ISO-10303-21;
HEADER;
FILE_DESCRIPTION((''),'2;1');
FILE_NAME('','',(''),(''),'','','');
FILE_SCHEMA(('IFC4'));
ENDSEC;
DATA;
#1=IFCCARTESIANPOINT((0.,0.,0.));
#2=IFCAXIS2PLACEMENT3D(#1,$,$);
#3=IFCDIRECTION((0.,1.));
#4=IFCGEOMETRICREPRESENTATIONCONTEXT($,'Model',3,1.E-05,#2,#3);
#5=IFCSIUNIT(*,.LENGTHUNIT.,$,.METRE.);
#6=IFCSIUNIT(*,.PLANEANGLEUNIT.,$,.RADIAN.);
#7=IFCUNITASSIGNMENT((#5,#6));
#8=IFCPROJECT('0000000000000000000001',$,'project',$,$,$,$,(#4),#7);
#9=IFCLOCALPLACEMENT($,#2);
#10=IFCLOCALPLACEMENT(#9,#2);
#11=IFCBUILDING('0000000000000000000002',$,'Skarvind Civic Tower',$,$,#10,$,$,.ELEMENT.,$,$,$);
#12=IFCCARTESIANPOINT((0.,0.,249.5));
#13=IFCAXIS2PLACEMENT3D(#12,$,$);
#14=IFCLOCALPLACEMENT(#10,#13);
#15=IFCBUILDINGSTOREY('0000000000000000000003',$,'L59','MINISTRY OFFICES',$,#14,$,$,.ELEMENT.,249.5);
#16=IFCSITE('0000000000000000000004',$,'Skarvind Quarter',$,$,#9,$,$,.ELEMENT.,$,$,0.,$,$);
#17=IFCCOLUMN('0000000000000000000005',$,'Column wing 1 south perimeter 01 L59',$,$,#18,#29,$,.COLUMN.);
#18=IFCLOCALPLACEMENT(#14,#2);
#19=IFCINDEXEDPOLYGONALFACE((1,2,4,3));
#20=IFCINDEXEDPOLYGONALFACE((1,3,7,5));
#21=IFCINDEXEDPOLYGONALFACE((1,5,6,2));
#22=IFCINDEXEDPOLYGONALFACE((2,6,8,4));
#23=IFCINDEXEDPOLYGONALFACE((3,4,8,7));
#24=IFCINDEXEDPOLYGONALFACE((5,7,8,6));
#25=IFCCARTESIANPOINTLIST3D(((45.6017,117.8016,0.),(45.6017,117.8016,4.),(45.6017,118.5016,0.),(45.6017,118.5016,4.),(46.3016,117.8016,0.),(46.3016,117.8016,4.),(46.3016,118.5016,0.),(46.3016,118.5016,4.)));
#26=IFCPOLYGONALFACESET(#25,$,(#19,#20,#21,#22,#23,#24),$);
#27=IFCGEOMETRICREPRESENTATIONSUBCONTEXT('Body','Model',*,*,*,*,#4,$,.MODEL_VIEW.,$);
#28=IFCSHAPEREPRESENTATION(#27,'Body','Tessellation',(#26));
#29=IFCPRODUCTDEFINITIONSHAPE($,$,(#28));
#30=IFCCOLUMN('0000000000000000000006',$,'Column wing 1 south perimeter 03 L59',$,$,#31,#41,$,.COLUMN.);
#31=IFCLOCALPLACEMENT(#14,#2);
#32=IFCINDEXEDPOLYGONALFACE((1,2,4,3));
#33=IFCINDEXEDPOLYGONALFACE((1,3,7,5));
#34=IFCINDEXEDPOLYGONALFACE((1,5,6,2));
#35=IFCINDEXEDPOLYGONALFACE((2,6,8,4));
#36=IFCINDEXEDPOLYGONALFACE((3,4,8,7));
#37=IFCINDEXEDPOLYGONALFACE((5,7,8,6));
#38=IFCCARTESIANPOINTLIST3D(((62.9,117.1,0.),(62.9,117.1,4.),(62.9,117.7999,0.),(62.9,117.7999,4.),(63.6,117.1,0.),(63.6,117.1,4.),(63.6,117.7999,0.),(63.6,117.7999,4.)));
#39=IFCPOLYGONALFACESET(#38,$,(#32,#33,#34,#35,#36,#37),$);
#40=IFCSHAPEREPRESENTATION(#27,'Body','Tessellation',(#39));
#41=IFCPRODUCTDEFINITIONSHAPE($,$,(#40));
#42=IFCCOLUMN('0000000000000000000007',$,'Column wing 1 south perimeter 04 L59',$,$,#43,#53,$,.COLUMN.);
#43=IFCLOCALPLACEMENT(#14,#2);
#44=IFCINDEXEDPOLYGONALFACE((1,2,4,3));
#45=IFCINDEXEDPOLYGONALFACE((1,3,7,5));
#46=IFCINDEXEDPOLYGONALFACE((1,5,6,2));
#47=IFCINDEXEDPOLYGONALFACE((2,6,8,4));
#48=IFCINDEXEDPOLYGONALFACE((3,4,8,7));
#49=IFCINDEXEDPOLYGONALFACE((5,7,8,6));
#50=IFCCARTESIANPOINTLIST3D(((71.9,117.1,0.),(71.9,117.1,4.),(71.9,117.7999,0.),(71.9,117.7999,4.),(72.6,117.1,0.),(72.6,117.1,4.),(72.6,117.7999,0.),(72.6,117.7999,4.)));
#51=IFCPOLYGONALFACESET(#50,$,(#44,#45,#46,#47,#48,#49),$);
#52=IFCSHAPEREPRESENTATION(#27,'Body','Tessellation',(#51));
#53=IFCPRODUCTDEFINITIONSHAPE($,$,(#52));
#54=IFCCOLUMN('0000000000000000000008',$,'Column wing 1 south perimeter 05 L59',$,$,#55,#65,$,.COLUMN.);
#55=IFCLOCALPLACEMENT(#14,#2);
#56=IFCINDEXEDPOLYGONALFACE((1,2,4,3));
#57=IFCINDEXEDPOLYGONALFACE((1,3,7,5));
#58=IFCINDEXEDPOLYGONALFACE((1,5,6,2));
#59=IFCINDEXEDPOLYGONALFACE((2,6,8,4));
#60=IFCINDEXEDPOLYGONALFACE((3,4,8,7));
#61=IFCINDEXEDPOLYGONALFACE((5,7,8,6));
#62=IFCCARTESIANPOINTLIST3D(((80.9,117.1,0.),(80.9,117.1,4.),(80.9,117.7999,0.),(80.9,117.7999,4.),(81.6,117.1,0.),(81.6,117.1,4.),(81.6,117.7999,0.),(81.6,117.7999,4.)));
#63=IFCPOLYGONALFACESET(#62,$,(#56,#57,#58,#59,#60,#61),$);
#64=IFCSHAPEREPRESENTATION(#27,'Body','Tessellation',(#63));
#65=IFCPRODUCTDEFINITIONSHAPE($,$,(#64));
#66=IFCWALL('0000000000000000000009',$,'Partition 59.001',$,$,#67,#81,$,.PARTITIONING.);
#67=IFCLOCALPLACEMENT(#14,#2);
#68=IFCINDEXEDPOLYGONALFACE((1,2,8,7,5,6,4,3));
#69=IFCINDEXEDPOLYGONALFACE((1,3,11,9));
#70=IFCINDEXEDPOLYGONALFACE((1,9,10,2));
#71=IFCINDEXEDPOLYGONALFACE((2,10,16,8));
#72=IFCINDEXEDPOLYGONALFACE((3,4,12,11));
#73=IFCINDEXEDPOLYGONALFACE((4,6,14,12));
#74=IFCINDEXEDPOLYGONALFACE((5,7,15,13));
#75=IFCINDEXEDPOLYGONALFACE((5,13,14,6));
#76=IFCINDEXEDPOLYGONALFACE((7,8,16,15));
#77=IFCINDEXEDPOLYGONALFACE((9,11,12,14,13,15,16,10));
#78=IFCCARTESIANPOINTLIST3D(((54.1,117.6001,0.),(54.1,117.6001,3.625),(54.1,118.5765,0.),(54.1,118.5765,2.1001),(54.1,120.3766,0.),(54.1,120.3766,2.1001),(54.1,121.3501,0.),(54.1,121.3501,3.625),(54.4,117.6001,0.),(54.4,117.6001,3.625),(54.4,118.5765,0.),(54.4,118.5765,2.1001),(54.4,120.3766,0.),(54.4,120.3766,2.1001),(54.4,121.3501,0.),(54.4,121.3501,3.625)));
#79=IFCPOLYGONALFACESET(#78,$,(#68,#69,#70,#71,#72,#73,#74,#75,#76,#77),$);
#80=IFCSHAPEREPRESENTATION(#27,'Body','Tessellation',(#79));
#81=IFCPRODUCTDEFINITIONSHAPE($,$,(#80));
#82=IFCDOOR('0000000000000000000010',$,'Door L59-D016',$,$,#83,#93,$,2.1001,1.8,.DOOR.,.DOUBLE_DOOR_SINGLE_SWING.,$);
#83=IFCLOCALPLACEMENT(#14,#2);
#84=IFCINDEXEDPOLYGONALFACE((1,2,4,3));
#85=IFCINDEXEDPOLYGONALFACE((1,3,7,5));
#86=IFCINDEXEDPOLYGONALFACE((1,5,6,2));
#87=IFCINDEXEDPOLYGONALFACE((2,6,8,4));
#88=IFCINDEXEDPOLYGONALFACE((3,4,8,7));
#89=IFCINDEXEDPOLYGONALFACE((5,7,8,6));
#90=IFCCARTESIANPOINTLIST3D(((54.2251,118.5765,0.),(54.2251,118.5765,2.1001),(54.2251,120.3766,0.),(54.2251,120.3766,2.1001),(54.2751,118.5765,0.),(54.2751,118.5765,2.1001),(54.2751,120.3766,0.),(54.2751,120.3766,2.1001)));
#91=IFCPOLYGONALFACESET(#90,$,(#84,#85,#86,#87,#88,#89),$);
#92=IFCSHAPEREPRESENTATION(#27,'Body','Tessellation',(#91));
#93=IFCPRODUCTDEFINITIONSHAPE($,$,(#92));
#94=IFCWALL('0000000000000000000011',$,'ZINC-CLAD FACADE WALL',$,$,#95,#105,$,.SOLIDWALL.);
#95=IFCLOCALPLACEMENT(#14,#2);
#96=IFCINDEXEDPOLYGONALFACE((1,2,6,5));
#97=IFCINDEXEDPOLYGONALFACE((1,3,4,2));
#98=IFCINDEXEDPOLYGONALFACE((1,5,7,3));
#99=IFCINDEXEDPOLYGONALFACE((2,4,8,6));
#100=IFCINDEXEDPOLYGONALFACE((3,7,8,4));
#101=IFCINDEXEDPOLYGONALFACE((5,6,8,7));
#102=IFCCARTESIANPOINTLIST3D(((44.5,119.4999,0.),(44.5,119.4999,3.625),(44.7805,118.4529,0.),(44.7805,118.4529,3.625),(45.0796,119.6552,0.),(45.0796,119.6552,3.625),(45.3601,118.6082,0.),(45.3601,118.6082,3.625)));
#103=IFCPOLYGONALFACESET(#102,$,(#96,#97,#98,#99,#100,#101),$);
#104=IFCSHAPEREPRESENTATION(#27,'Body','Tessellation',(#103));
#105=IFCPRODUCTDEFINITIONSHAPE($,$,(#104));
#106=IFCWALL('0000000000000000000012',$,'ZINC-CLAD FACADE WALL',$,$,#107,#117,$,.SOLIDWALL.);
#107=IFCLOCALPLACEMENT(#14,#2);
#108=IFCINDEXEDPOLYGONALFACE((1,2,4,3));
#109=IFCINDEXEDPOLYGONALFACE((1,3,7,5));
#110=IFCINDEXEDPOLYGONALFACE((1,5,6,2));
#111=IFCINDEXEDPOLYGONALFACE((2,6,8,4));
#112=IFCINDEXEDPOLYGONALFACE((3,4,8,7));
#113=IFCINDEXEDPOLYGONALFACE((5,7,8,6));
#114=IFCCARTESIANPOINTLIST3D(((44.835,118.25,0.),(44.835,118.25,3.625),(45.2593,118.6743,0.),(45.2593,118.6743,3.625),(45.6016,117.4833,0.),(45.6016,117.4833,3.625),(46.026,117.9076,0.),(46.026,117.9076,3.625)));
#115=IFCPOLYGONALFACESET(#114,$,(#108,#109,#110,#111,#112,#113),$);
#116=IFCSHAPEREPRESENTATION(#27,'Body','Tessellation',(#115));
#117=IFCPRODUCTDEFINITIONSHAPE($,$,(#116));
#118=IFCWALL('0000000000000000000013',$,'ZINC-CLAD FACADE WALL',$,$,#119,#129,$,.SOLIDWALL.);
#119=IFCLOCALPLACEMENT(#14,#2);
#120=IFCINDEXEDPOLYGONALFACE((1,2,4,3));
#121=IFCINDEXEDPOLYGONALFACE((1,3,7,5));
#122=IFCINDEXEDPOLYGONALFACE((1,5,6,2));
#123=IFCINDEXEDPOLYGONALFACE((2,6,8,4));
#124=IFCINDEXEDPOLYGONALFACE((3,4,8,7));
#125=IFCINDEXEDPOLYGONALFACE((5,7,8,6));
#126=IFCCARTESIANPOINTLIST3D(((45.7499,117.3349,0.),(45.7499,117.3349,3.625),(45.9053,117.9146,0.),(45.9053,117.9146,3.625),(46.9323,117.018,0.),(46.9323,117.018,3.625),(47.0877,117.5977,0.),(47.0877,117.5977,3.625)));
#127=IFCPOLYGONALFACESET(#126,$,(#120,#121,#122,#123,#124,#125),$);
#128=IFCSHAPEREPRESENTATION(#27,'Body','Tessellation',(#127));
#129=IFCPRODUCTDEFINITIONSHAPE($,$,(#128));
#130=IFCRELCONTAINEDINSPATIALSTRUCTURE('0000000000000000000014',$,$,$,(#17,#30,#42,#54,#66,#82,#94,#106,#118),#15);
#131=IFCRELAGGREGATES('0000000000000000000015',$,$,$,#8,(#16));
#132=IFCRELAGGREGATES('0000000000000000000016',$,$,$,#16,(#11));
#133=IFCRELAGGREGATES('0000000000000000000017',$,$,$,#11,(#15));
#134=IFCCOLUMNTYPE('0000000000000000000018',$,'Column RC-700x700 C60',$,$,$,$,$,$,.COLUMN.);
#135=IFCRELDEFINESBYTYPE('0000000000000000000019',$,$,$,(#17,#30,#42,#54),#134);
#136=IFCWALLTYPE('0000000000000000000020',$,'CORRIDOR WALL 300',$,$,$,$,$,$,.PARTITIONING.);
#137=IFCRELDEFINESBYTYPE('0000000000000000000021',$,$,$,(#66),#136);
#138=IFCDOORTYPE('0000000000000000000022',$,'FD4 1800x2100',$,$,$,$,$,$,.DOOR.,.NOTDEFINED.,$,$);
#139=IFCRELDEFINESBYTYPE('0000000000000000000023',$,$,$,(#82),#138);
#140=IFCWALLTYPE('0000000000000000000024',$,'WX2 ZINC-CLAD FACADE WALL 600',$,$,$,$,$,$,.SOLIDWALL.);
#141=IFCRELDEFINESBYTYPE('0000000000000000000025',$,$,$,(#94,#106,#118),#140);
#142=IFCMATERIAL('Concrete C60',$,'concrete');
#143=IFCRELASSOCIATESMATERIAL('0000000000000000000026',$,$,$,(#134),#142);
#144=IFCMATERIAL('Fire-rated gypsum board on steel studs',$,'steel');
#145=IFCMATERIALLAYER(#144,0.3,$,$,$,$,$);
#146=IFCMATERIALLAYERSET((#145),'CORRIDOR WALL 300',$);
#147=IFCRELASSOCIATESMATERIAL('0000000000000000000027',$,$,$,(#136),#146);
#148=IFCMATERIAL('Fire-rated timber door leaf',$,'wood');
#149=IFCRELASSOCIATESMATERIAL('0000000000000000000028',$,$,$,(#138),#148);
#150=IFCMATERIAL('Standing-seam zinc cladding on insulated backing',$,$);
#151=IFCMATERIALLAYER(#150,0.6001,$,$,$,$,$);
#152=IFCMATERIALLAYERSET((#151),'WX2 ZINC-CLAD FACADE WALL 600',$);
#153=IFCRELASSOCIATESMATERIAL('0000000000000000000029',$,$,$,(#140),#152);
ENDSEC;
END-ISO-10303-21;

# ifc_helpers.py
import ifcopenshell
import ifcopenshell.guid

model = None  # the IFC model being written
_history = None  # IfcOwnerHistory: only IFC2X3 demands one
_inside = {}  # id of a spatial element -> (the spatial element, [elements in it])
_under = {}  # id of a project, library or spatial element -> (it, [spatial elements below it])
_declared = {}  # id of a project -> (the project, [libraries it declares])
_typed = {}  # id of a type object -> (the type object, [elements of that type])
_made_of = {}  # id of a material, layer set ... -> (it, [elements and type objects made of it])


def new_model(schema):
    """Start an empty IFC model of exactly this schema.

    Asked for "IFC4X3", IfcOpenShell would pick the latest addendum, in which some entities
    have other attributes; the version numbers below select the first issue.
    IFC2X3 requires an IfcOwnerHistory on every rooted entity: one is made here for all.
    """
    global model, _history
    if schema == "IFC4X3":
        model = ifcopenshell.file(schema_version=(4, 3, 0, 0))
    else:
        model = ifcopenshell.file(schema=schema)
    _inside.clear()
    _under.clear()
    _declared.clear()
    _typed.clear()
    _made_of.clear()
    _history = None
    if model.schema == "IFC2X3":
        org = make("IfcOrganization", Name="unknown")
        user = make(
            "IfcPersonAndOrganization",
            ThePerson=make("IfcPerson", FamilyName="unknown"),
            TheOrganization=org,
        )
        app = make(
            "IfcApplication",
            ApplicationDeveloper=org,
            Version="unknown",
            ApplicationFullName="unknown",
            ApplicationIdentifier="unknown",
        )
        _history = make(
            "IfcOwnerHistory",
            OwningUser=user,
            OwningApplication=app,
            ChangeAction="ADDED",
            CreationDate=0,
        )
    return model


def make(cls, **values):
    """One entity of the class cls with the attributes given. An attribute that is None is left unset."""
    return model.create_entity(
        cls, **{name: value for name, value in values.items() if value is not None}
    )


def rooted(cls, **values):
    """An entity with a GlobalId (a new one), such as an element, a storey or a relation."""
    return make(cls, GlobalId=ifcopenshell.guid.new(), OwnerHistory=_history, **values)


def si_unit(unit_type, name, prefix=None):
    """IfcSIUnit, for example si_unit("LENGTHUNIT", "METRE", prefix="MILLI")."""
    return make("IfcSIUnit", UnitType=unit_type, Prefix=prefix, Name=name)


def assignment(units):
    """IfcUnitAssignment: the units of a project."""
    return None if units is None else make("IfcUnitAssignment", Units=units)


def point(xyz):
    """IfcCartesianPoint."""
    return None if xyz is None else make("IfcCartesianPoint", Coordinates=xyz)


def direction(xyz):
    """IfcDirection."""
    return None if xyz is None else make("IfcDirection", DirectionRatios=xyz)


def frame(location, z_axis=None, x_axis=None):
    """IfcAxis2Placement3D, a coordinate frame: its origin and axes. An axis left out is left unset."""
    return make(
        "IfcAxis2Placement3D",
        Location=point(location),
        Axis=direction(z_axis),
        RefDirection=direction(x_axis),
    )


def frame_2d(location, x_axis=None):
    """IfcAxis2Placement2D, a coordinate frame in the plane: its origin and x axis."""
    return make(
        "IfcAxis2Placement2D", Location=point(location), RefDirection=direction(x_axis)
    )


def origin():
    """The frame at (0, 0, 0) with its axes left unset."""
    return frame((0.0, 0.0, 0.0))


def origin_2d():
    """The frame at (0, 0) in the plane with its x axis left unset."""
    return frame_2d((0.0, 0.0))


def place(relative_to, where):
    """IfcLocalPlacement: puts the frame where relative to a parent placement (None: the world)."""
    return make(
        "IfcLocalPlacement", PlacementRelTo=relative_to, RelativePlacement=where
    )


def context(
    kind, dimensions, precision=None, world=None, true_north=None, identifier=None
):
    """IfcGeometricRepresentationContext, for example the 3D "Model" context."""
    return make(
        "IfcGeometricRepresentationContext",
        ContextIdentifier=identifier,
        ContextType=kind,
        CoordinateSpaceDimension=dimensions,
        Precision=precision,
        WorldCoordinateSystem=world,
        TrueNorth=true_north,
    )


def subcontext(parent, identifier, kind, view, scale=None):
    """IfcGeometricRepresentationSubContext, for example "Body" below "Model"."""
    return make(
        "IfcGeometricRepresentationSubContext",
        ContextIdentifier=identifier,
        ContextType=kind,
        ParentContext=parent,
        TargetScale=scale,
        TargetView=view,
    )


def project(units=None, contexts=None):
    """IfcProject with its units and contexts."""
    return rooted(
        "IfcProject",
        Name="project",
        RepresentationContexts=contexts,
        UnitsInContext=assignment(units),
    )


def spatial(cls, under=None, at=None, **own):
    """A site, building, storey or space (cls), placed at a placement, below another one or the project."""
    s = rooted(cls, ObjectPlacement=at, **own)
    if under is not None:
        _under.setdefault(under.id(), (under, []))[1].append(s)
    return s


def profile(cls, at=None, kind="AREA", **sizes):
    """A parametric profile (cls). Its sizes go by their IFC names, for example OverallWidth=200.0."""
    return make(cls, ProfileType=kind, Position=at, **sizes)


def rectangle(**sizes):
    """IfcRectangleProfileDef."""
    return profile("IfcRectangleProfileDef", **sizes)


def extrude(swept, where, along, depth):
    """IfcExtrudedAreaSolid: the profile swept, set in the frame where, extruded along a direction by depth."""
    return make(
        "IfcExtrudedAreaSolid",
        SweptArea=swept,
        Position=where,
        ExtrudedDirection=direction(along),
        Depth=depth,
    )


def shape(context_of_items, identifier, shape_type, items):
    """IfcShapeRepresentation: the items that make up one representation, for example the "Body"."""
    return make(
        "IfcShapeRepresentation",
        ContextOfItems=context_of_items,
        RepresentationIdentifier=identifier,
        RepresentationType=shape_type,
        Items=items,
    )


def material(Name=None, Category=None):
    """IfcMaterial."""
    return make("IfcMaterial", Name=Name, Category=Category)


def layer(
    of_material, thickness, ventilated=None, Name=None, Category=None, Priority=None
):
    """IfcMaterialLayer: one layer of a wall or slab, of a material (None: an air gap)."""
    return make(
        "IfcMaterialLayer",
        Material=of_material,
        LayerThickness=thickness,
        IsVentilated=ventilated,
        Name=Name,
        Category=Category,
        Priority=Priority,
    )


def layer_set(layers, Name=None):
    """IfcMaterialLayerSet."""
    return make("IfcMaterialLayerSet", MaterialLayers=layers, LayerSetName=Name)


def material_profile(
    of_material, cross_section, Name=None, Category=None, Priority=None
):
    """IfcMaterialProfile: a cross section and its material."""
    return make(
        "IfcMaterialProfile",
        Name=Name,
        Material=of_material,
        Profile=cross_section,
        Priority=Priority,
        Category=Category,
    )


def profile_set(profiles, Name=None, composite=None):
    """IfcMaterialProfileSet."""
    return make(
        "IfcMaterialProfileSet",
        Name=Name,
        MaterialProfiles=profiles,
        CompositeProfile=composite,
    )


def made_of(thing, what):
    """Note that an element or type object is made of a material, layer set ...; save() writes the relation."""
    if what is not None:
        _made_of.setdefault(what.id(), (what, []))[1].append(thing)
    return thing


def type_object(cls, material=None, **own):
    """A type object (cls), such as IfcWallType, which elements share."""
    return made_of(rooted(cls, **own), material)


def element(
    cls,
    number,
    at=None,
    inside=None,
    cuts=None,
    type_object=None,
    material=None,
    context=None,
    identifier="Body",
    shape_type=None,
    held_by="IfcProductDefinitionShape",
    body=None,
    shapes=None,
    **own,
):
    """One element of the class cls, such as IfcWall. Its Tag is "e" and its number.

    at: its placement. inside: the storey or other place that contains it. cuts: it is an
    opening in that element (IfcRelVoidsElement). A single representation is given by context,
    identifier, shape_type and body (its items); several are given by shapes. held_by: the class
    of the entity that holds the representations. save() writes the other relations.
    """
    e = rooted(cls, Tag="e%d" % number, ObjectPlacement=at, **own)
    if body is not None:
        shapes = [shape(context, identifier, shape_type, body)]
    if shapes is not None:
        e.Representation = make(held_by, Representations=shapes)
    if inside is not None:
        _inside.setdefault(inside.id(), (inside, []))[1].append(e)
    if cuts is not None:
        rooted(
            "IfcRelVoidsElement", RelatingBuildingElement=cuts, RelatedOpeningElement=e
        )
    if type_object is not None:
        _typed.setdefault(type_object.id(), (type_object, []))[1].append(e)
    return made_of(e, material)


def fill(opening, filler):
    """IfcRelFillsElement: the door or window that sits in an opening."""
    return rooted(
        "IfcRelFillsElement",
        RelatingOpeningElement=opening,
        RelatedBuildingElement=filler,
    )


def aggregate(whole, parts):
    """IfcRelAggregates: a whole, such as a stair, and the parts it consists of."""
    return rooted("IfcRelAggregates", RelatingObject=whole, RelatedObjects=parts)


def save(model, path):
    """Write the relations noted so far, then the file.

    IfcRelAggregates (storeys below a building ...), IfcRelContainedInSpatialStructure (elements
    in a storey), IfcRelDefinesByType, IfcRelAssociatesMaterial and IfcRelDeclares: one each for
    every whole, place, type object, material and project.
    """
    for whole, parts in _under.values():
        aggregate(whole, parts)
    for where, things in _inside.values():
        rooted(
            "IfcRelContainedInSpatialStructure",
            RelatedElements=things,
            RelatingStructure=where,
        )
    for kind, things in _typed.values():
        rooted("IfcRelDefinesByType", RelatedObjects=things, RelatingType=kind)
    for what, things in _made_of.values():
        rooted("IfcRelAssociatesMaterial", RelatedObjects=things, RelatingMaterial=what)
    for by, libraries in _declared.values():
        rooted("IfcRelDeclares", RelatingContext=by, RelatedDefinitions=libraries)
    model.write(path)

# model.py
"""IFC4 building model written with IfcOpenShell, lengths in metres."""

from ifc_helpers import new_model, si_unit, direction, frame, frame_2d, origin, origin_2d, place, context, subcontext, project, spatial, rectangle, extrude, material, layer, layer_set, material_profile, profile_set, type_object, element, fill, save


model = new_model("IFC4")

# Units and contexts
model_context = context("Model", 3, precision=1e-05, world=origin(), true_north=direction((0.0, 1.0)))
body_context = subcontext(model_context, "Body", "Model", "MODEL_VIEW")
ifc_project = project(units=[si_unit("LENGTHUNIT", "METRE"), si_unit("PLANEANGLEUNIT", "RADIAN")], contexts=[model_context])

# Site, building, storey
site_placement = place(None, origin())
site = spatial("IfcSite", under=ifc_project, at=site_placement, Name="Skarvind Quarter", CompositionType="ELEMENT", RefElevation=0.0)
building_placement = place(site_placement, origin())
building = spatial("IfcBuilding", under=site, at=building_placement, Name="Skarvind Civic Tower", CompositionType="ELEMENT")
storey_placement = place(building_placement, frame((0.0, 0.0, 249.5)))
storey = spatial("IfcBuildingStorey", under=building, at=storey_placement, Name="L59", Description="MINISTRY OFFICES", CompositionType="ELEMENT", Elevation=249.5)

# Columns
ifc_material_1 = material(Name="Concrete C60", Category="concrete")
ifc_material_profile = material_profile(ifc_material_1, rectangle(XDim=0.7, YDim=0.7, at=origin_2d()), Name="RC-700x700")
ifc_profile_set = profile_set([ifc_material_profile], Name="Concrete C60")
column_type = type_object("IfcColumnType", Name="Column RC-700x700 C60", PredefinedType="COLUMN", material=ifc_profile_set)
for number, where, z_axis, x_axis, name in (
    (1, (45.9517, 118.1516, 0.0), (0.0, 0.0, 1.0), (1.0, 0.0, 0.0), "Column wing 1 south perimeter 01 L59"),
    (2, (63.25, 117.45, 0.0), (0.0, 0.0, 1.0), (1.0, 0.0, 0.0), "Column wing 1 south perimeter 03 L59"),
    (3, (72.25, 117.45, 0.0), (0.0, 0.0, 1.0), (1.0, 0.0, 0.0), "Column wing 1 south perimeter 04 L59"),
    (4, (81.25, 117.45, 0.0), (0.0, 0.0, 1.0), (1.0, 0.0, 0.0), "Column wing 1 south perimeter 05 L59"),
):
    element("IfcColumn", number, at=place(storey_placement, frame(where, z_axis=z_axis, x_axis=x_axis)), inside=storey, type_object=column_type, Name=name, PredefinedType="COLUMN", context=body_context, shape_type="SweptSolid", body=[
        extrude(rectangle(XDim=0.7, YDim=0.7, at=origin_2d()), origin(), (0.0, 0.0, 1.0), 4.0),
    ])

# Wall, opening, door
ifc_material_2 = material(Name="Fire-rated gypsum board on steel studs", Category="steel")
ifc_layer_1 = layer(ifc_material_2, 0.3)
ifc_layer_set_1 = layer_set([ifc_layer_1], Name="CORRIDOR WALL 300")
wall_type_1 = type_object("IfcWallType", Name="CORRIDOR WALL 300", PredefinedType="PARTITIONING", material=ifc_layer_set_1)
wall_1_placement = place(storey_placement, frame((54.25, 117.6001, 0.0), z_axis=(0.0, 0.0, 1.0), x_axis=(0.0, 1.0, 0.0)))
wall_1 = element("IfcWall", 5, at=wall_1_placement, inside=storey, type_object=wall_type_1, Name="Partition 59.001", PredefinedType="PARTITIONING", context=body_context, shape_type="SweptSolid", body=[
    extrude(rectangle(XDim=3.75, YDim=0.3, at=frame_2d((1.875, 0.0))), origin(), (0.0, 0.0, 1.0), 3.625),
])
opening_placement = place(wall_1_placement, frame((0.9766, 0.0, 0.0)))
opening = element("IfcOpeningElement", 6, at=opening_placement, cuts=wall_1, PredefinedType="OPENING", context=body_context, shape_type="SweptSolid", body=[
    extrude(rectangle(XDim=1.8, YDim=2.1001, at=frame_2d((0.8999, 1.05))), frame((0.0, 0.1599, 0.0), z_axis=(0.0, -1.0, 0.0), x_axis=(1.0, 0.0, 0.0)), (0.0, 0.0, 1.0), 0.3201),
])
ifc_material_3 = material(Name="Fire-rated timber door leaf", Category="wood")
door_type = type_object("IfcDoorType", Name="FD4 1800x2100", OperationType="NOTDEFINED", PredefinedType="DOOR", material=ifc_material_3)
door_placement = place(opening_placement, origin())
door = element("IfcDoor", 7, at=door_placement, inside=storey, type_object=door_type, Name="Door L59-D016", OperationType="DOUBLE_DOOR_SINGLE_SWING", OverallHeight=2.1001, OverallWidth=1.8, PredefinedType="DOOR", context=body_context, shape_type="SweptSolid", body=[
    extrude(rectangle(XDim=1.8, YDim=2.1001, at=frame_2d((0.8999, 1.05))), frame((0.0, 0.0249, 0.0), z_axis=(0.0, -1.0, 0.0), x_axis=(1.0, 0.0, 0.0)), (0.0, 0.0, 1.0), 0.05),
])
fill(opening, door)

# Walls
ifc_material_4 = material(Name="Standing-seam zinc cladding on insulated backing")
ifc_layer_2 = layer(ifc_material_4, 0.6001)
ifc_layer_set_2 = layer_set([ifc_layer_2], Name="WX2 ZINC-CLAD FACADE WALL 600")
wall_type_2 = type_object("IfcWallType", Name="WX2 ZINC-CLAD FACADE WALL 600", PredefinedType="SOLIDWALL", material=ifc_layer_set_2)
wall_2_placement = place(storey_placement, frame((45.0703, 118.5305, 0.0), z_axis=(0.0, 0.0, 1.0), x_axis=(-0.25877, 0.965939, 0.0)))
element("IfcWall", 8, at=wall_2_placement, inside=storey, type_object=wall_type_2, Name="ZINC-CLAD FACADE WALL", PredefinedType="SOLIDWALL", context=body_context, shape_type="SweptSolid", body=[
    extrude(rectangle(XDim=1.084, YDim=0.6001, at=frame_2d((0.542, 0.0))), origin(), (0.0, 0.0, 1.0), 3.625),
])
wall_3_placement = place(storey_placement, frame((45.8137, 117.6956, 0.0), z_axis=(0.0, 0.0, 1.0), x_axis=(-0.707107, 0.707107, 0.0)))
element("IfcWall", 9, at=wall_3_placement, inside=storey, type_object=wall_type_2, Name="ZINC-CLAD FACADE WALL", PredefinedType="SOLIDWALL", context=body_context, shape_type="SweptSolid", body=[
    extrude(rectangle(XDim=1.0842, YDim=0.6001, at=frame_2d((0.542, 0.0))), origin(), (0.0, 0.0, 1.0), 3.625),
])
wall_4_placement = place(storey_placement, frame((47.01, 117.3079, 0.0), z_axis=(0.0, 0.0, 1.0), x_axis=(-0.96591, 0.258879, 0.0)))
element("IfcWall", 10, at=wall_4_placement, inside=storey, type_object=wall_type_2, Name="ZINC-CLAD FACADE WALL", PredefinedType="SOLIDWALL", context=body_context, shape_type="SweptSolid", body=[
    extrude(rectangle(XDim=1.2241, YDim=0.6001, at=frame_2d((0.6121, 0.0))), origin(), (0.0, 0.0, 1.0), 3.625),
])

save(model, "model.ifc")
